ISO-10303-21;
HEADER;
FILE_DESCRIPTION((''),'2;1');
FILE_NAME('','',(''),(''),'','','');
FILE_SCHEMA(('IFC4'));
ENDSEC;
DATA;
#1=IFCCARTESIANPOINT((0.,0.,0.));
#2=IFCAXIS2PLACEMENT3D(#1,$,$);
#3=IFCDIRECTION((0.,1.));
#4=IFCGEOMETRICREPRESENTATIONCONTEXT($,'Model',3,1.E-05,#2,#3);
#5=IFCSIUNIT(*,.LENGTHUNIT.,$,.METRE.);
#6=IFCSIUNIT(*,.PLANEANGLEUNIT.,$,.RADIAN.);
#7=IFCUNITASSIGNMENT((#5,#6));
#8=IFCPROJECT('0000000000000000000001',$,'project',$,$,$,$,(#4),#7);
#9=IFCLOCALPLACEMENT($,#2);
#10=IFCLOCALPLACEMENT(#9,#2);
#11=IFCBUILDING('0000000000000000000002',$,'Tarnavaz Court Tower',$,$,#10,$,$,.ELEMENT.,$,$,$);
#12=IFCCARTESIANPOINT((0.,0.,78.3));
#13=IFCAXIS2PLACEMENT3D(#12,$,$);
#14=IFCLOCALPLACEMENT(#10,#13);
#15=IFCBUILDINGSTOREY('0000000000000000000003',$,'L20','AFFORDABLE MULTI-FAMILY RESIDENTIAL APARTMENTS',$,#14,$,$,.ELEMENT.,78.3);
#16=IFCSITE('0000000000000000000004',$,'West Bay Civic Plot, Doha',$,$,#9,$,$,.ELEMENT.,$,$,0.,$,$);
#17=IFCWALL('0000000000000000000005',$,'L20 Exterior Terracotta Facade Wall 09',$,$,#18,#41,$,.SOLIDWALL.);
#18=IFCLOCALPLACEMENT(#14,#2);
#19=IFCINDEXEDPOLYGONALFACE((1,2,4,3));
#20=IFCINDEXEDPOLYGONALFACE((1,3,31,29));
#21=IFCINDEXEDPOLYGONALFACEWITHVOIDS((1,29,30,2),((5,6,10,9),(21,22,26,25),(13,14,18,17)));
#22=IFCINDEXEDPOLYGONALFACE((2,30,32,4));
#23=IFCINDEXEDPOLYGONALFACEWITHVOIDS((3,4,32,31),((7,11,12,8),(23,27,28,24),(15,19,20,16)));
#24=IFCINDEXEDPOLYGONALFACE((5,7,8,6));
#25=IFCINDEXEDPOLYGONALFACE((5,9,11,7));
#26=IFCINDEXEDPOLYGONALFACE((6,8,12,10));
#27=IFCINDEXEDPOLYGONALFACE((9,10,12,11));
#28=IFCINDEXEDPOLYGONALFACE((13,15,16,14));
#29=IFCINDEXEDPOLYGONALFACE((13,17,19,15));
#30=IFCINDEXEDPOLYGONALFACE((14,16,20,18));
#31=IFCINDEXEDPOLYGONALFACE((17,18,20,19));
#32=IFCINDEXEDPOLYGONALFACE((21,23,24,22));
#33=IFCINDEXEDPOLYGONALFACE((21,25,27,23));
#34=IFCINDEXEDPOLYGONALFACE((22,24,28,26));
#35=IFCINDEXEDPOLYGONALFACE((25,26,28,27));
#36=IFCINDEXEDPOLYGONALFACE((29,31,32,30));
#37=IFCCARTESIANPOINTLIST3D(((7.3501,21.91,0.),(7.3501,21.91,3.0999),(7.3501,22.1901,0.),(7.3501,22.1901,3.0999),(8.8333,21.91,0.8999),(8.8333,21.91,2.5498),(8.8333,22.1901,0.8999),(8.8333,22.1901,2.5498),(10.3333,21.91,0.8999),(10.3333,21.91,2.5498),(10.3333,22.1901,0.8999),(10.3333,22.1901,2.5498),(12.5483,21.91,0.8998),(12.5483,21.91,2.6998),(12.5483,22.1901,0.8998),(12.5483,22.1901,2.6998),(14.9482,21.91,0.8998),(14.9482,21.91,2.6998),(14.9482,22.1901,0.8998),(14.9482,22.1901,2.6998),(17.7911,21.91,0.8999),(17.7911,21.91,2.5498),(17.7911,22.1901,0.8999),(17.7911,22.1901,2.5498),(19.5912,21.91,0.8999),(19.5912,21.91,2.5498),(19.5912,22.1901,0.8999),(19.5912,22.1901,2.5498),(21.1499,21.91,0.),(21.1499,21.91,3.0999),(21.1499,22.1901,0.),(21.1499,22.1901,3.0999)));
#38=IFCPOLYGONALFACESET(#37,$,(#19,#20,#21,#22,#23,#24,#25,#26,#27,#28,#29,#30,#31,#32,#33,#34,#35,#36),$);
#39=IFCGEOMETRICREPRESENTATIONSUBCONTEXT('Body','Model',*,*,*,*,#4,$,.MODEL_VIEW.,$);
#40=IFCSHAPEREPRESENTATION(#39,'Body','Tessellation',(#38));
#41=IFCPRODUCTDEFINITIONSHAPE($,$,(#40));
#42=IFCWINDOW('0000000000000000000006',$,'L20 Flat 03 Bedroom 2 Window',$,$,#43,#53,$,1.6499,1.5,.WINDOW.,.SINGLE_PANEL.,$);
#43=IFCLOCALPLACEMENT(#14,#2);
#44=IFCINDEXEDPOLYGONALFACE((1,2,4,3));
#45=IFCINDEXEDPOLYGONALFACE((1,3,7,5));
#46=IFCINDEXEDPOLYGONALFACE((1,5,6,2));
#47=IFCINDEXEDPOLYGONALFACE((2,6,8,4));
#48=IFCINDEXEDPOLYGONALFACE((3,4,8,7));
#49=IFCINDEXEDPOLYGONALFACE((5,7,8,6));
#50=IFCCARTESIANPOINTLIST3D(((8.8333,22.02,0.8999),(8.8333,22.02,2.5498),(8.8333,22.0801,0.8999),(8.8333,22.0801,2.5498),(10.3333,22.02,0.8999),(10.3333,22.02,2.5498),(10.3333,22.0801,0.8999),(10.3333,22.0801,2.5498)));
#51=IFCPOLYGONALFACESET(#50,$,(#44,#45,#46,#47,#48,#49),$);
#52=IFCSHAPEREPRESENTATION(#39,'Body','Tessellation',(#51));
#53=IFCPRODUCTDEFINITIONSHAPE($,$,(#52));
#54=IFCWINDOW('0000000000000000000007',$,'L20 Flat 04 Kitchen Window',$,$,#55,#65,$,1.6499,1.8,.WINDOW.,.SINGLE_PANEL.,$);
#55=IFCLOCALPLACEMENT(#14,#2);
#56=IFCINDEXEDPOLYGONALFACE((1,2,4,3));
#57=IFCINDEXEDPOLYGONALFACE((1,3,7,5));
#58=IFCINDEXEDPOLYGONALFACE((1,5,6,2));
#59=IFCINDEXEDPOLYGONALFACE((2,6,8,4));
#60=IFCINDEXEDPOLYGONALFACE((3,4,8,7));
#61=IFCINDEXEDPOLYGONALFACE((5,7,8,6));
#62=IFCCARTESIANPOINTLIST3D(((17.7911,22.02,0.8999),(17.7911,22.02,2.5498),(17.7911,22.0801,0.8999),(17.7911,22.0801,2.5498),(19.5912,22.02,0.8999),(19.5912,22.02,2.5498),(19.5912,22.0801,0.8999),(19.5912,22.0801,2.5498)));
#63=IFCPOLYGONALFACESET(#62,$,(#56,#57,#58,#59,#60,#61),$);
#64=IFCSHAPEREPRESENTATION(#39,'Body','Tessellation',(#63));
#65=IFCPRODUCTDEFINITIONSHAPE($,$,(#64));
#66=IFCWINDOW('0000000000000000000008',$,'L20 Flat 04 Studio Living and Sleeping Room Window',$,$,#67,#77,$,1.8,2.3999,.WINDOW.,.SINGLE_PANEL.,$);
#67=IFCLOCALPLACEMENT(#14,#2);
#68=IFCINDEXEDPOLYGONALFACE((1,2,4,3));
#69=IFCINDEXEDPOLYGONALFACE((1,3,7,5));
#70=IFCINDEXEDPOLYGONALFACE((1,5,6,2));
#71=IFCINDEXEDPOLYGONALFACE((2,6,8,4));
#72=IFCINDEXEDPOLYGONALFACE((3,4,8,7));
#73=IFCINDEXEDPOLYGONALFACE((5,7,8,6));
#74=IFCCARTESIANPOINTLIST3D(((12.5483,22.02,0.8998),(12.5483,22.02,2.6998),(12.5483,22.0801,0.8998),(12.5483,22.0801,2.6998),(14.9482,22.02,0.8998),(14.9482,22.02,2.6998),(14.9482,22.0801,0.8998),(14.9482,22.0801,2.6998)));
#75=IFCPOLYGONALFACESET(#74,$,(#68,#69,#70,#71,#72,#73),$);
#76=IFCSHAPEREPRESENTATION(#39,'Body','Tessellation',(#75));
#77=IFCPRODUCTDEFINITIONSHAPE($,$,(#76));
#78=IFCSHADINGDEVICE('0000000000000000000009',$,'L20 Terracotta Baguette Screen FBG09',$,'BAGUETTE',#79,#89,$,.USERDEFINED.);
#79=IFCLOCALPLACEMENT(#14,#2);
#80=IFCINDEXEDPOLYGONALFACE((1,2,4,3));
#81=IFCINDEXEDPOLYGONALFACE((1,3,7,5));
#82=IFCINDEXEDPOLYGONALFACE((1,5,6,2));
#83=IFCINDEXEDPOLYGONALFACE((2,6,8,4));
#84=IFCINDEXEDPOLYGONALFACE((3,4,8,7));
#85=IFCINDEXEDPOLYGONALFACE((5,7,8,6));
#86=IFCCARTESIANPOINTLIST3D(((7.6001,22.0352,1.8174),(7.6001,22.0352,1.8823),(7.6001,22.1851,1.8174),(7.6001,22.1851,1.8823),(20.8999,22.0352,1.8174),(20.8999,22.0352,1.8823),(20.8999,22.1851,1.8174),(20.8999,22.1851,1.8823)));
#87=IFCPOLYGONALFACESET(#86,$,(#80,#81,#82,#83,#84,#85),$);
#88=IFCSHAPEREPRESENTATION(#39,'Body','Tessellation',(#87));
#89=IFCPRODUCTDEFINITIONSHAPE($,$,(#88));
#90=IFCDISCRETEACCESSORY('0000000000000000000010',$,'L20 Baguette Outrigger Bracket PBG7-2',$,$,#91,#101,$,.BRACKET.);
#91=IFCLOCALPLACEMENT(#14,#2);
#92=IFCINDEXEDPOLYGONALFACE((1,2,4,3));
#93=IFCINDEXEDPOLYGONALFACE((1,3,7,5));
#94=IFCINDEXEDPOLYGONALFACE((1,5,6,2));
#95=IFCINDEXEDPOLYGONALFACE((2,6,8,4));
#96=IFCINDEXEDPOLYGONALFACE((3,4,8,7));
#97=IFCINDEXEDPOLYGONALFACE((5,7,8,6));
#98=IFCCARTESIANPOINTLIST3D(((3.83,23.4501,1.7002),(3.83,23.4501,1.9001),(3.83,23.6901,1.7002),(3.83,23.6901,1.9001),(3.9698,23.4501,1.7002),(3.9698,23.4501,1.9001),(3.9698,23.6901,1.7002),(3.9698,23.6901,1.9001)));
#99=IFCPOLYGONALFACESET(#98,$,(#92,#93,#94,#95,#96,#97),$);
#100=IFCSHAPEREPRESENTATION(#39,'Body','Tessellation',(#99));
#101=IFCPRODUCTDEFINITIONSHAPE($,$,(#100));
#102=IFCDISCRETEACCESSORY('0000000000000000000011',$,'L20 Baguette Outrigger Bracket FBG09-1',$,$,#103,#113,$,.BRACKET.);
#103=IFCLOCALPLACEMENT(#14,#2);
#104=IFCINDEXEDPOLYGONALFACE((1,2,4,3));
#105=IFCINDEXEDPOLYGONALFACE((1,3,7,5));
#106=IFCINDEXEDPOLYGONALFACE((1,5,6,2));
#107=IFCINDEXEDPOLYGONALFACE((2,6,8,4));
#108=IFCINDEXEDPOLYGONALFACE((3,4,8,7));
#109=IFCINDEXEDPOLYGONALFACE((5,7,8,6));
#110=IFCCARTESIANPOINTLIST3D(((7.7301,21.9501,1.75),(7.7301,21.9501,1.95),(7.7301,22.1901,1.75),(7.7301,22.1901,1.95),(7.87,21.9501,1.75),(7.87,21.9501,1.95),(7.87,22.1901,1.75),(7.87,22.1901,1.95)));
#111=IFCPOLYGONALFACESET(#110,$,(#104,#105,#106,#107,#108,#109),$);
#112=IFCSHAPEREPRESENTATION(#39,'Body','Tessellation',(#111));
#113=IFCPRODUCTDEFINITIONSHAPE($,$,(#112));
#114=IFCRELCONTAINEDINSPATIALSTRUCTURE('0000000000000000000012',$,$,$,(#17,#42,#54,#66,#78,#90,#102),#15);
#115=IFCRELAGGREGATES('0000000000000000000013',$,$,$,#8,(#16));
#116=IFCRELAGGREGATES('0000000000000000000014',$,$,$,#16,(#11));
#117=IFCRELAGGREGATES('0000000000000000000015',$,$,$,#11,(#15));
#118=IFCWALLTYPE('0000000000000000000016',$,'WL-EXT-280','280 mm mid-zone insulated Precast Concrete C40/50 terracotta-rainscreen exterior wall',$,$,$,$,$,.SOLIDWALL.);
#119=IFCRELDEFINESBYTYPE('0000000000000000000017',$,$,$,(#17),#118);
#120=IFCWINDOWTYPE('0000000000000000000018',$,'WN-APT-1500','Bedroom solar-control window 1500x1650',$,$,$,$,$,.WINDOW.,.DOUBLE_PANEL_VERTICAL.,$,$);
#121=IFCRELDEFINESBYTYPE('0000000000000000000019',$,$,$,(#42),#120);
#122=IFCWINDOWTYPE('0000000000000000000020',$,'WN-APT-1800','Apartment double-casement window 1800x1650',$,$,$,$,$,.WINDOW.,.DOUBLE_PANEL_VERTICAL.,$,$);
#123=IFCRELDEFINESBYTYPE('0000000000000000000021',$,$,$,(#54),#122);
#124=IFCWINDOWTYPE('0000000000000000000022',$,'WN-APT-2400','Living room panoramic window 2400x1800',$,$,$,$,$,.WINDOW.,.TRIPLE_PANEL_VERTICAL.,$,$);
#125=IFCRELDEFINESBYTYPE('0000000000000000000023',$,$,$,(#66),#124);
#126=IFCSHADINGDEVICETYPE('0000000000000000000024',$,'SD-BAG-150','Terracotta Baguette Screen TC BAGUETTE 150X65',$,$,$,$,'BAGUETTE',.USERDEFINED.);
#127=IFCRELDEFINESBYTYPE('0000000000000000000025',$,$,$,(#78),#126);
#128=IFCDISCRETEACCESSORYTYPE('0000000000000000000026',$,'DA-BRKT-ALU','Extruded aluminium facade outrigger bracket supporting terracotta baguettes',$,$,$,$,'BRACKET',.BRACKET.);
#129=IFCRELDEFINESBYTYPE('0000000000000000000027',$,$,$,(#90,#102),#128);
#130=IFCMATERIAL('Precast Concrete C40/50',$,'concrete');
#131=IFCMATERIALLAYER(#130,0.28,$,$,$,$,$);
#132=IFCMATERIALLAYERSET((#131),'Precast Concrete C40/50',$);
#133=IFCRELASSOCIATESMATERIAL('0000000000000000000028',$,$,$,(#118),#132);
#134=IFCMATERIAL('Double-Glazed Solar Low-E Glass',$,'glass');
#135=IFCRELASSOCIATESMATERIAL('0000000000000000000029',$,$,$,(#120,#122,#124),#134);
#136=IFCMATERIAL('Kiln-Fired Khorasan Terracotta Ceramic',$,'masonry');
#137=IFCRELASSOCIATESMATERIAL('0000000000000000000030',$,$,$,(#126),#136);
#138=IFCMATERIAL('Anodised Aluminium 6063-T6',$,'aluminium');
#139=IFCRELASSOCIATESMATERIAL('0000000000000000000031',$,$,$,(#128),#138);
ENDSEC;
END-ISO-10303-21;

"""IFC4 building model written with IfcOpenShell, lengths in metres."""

from ifc_helpers import new_model, si_unit, direction, frame, frame_2d, origin, origin_2d, place, context, subcontext, project, spatial, rectangle, extrude, material, layer, layer_set, material_profile, profile_set, type_object, element, fill, save


model = new_model("IFC4")

# Units and contexts
model_context = context("Model", 3, precision=1e-05, world=origin(), true_north=direction((0.0, 1.0)))
body_context = subcontext(model_context, "Body", "Model", "MODEL_VIEW")
ifc_project = project(units=[si_unit("LENGTHUNIT", "METRE"), si_unit("PLANEANGLEUNIT", "RADIAN")], contexts=[model_context])

# Site, building, storey
site_placement = place(None, origin())
site = spatial("IfcSite", under=ifc_project, at=site_placement, Name="West Bay Civic Plot, Doha", CompositionType="ELEMENT", RefElevation=0.0)
building_placement = place(site_placement, origin())
building = spatial("IfcBuilding", under=site, at=building_placement, Name="Tarnavaz Court Tower", CompositionType="ELEMENT")
storey_placement = place(building_placement, frame((0.0, 0.0, 78.3)))
storey = spatial("IfcBuildingStorey", under=building, at=storey_placement, Name="L20", Description="AFFORDABLE MULTI-FAMILY RESIDENTIAL APARTMENTS", CompositionType="ELEMENT", Elevation=78.3)

# Shared definitions
ifc_material_1 = material(Name="Anodised Aluminium 6063-T6", Category="aluminium")
ifc_material_2 = material(Name="Double-Glazed Solar Low-E Glass", Category="glass")

# Shared definitions
ifc_material_3 = material(Name="Precast Concrete C40/50", Category="concrete")
ifc_layer_1 = layer(ifc_material_3, 0.28)
ifc_layer_set_1 = layer_set([ifc_layer_1], Name="Precast Concrete C40/50")
wall_type = type_object("IfcWallType", Name="WL-EXT-280", Description="280 mm mid-zone insulated Precast Concrete C40/50 terracotta-rainscreen exterior wall", PredefinedType="SOLIDWALL", material=ifc_layer_set_1)

# Wall, openings, windows
wall_1_placement = place(storey_placement, frame((7.3501, 22.05, 0.0), z_axis=(0.0, 0.0, 1.0), x_axis=(1.0, 0.0, 0.0)))
wall_1 = element("IfcWall", 1, at=wall_1_placement, inside=storey, type_object=wall_type, Name="L20 Exterior Terracotta Facade Wall 09", PredefinedType="SOLIDWALL", context=body_context, shape_type="SweptSolid", body=[
    extrude(rectangle(XDim=13.7998, YDim=0.28, at=frame_2d((6.8999, 0.0))), origin(), (0.0, 0.0, 1.0), 3.0999),
])
opening_1_placement = place(wall_1_placement, frame((1.4832, 0.0, 0.8999)))
opening_1 = element("IfcOpeningElement", 2, at=opening_1_placement, cuts=wall_1, PredefinedType="OPENING", context=body_context, shape_type="SweptSolid", body=[
    extrude(rectangle(XDim=1.5, YDim=1.6499, at=frame_2d((0.75, 0.825))), frame((0.0, 0.1499, 0.0), z_axis=(0.0, -1.0, 0.0), x_axis=(1.0, 0.0, 0.0)), (0.0, 0.0, 1.0), 0.3),
])
opening_2_placement = place(wall_1_placement, frame((5.1982, 0.0, 0.8999)))
opening_2 = element("IfcOpeningElement", 3, at=opening_2_placement, cuts=wall_1, PredefinedType="OPENING", context=body_context, shape_type="SweptSolid", body=[
    extrude(rectangle(XDim=2.3999, YDim=1.8, at=frame_2d((1.2, 0.8999))), frame((0.0, 0.1499, 0.0), z_axis=(0.0, -1.0, 0.0), x_axis=(1.0, 0.0, 0.0)), (0.0, 0.0, 1.0), 0.3),
])
opening_3_placement = place(wall_1_placement, frame((10.4412, 0.0, 0.8999)))
opening_3 = element("IfcOpeningElement", 4, at=opening_3_placement, cuts=wall_1, PredefinedType="OPENING", context=body_context, shape_type="SweptSolid", body=[
    extrude(rectangle(XDim=1.8, YDim=1.6499, at=frame_2d((0.8999, 0.825))), frame((0.0, 0.1499, 0.0), z_axis=(0.0, -1.0, 0.0), x_axis=(1.0, 0.0, 0.0)), (0.0, 0.0, 1.0), 0.3),
])
window_type_1 = type_object("IfcWindowType", Name="WN-APT-1500", Description="Bedroom solar-control window 1500x1650", PartitioningType="DOUBLE_PANEL_VERTICAL", PredefinedType="WINDOW", material=ifc_material_2)
window_1_placement = place(opening_1_placement, origin())
window_1 = element("IfcWindow", 5, at=window_1_placement, inside=storey, type_object=window_type_1, Name="L20 Flat 03 Bedroom 2 Window", OverallHeight=1.6499, OverallWidth=1.5, PartitioningType="SINGLE_PANEL", PredefinedType="WINDOW", context=body_context, shape_type="SweptSolid", body=[
    extrude(rectangle(XDim=1.5, YDim=1.6499, at=frame_2d((0.75, 0.825))), frame((0.0, 0.03, 0.0), z_axis=(0.0, -1.0, 0.0), x_axis=(1.0, 0.0, 0.0)), (0.0, 0.0, 1.0), 0.0601),
])
fill(opening_1, window_1)
window_type_2 = type_object("IfcWindowType", Name="WN-APT-1800", Description="Apartment double-casement window 1800x1650", PartitioningType="DOUBLE_PANEL_VERTICAL", PredefinedType="WINDOW", material=ifc_material_2)
window_2_placement = place(opening_3_placement, origin())
window_2 = element("IfcWindow", 6, at=window_2_placement, inside=storey, type_object=window_type_2, Name="L20 Flat 04 Kitchen Window", OverallHeight=1.6499, OverallWidth=1.8, PartitioningType="SINGLE_PANEL", PredefinedType="WINDOW", context=body_context, shape_type="SweptSolid", body=[
    extrude(rectangle(XDim=1.8, YDim=1.6499, at=frame_2d((0.8999, 0.825))), frame((0.0, 0.03, 0.0), z_axis=(0.0, -1.0, 0.0), x_axis=(1.0, 0.0, 0.0)), (0.0, 0.0, 1.0), 0.0601),
])
fill(opening_3, window_2)
window_type_3 = type_object("IfcWindowType", Name="WN-APT-2400", Description="Living room panoramic window 2400x1800", PartitioningType="TRIPLE_PANEL_VERTICAL", PredefinedType="WINDOW", material=ifc_material_2)
window_3_placement = place(opening_2_placement, origin())
window_3 = element("IfcWindow", 7, at=window_3_placement, inside=storey, type_object=window_type_3, Name="L20 Flat 04 Studio Living and Sleeping Room Window", OverallHeight=1.8, OverallWidth=2.3999, PartitioningType="SINGLE_PANEL", PredefinedType="WINDOW", context=body_context, shape_type="SweptSolid", body=[
    extrude(rectangle(XDim=2.3999, YDim=1.8, at=frame_2d((1.2, 0.8999))), frame((0.0, 0.03, 0.0), z_axis=(0.0, -1.0, 0.0), x_axis=(1.0, 0.0, 0.0)), (0.0, 0.0, 1.0), 0.0601),
])
fill(opening_2, window_3)

# Shading device
ifc_material_4 = material(Name="Kiln-Fired Khorasan Terracotta Ceramic", Category="masonry")
ifc_material_profile_1 = material_profile(ifc_material_4, rectangle(XDim=0.1499, YDim=0.0649, at=origin_2d()), Name="TC BAGUETTE 150X65")
ifc_profile_set_1 = profile_set([ifc_material_profile_1], Name="Kiln-Fired Khorasan Terracotta Ceramic")
shading_device_type = type_object("IfcShadingDeviceType", Name="SD-BAG-150", Description="Terracotta Baguette Screen TC BAGUETTE 150X65", ElementType="BAGUETTE", PredefinedType="USERDEFINED", material=ifc_profile_set_1)
shading_device_placement = place(storey_placement, frame((7.6001, 22.1101, 1.8499), z_axis=(1.0, 0.0, 0.0), x_axis=(0.0, 1.0, 0.0)))
element("IfcShadingDevice", 8, at=shading_device_placement, inside=storey, type_object=shading_device_type, Name="L20 Terracotta Baguette Screen FBG09", ObjectType="BAGUETTE", PredefinedType="USERDEFINED", context=body_context, shape_type="SweptSolid", body=[
    extrude(rectangle(XDim=0.1499, YDim=0.0649, at=origin_2d()), origin(), (0.0, 0.0, 1.0), 13.2998),
])

# Discrete accessories
discrete_accessory_type = type_object("IfcDiscreteAccessoryType", Name="DA-BRKT-ALU", Description="Extruded aluminium facade outrigger bracket supporting terracotta baguettes", ElementType="BRACKET", PredefinedType="BRACKET", material=ifc_material_1)
for number, where, z_axis, x_axis, name in (
    (9, (3.8999, 23.5701, 1.7002), (0.0, 0.0, 1.0), (1.0, 0.0, 0.0), "L20 Baguette Outrigger Bracket PBG7-2"),
    (10, (7.8, 22.0701, 1.75), (0.0, 0.0, 1.0), (1.0, 0.0, 0.0), "L20 Baguette Outrigger Bracket FBG09-1"),
):
    element("IfcDiscreteAccessory", number, at=place(storey_placement, frame(where, z_axis=z_axis, x_axis=x_axis)), inside=storey, type_object=discrete_accessory_type, Name=name, PredefinedType="BRACKET", context=body_context, shape_type="SweptSolid", body=[
        extrude(rectangle(XDim=0.1399, YDim=0.24, at=origin_2d()), origin(), (0.0, 0.0, 1.0), 0.2),
    ])

save(model, "model.ifc")
